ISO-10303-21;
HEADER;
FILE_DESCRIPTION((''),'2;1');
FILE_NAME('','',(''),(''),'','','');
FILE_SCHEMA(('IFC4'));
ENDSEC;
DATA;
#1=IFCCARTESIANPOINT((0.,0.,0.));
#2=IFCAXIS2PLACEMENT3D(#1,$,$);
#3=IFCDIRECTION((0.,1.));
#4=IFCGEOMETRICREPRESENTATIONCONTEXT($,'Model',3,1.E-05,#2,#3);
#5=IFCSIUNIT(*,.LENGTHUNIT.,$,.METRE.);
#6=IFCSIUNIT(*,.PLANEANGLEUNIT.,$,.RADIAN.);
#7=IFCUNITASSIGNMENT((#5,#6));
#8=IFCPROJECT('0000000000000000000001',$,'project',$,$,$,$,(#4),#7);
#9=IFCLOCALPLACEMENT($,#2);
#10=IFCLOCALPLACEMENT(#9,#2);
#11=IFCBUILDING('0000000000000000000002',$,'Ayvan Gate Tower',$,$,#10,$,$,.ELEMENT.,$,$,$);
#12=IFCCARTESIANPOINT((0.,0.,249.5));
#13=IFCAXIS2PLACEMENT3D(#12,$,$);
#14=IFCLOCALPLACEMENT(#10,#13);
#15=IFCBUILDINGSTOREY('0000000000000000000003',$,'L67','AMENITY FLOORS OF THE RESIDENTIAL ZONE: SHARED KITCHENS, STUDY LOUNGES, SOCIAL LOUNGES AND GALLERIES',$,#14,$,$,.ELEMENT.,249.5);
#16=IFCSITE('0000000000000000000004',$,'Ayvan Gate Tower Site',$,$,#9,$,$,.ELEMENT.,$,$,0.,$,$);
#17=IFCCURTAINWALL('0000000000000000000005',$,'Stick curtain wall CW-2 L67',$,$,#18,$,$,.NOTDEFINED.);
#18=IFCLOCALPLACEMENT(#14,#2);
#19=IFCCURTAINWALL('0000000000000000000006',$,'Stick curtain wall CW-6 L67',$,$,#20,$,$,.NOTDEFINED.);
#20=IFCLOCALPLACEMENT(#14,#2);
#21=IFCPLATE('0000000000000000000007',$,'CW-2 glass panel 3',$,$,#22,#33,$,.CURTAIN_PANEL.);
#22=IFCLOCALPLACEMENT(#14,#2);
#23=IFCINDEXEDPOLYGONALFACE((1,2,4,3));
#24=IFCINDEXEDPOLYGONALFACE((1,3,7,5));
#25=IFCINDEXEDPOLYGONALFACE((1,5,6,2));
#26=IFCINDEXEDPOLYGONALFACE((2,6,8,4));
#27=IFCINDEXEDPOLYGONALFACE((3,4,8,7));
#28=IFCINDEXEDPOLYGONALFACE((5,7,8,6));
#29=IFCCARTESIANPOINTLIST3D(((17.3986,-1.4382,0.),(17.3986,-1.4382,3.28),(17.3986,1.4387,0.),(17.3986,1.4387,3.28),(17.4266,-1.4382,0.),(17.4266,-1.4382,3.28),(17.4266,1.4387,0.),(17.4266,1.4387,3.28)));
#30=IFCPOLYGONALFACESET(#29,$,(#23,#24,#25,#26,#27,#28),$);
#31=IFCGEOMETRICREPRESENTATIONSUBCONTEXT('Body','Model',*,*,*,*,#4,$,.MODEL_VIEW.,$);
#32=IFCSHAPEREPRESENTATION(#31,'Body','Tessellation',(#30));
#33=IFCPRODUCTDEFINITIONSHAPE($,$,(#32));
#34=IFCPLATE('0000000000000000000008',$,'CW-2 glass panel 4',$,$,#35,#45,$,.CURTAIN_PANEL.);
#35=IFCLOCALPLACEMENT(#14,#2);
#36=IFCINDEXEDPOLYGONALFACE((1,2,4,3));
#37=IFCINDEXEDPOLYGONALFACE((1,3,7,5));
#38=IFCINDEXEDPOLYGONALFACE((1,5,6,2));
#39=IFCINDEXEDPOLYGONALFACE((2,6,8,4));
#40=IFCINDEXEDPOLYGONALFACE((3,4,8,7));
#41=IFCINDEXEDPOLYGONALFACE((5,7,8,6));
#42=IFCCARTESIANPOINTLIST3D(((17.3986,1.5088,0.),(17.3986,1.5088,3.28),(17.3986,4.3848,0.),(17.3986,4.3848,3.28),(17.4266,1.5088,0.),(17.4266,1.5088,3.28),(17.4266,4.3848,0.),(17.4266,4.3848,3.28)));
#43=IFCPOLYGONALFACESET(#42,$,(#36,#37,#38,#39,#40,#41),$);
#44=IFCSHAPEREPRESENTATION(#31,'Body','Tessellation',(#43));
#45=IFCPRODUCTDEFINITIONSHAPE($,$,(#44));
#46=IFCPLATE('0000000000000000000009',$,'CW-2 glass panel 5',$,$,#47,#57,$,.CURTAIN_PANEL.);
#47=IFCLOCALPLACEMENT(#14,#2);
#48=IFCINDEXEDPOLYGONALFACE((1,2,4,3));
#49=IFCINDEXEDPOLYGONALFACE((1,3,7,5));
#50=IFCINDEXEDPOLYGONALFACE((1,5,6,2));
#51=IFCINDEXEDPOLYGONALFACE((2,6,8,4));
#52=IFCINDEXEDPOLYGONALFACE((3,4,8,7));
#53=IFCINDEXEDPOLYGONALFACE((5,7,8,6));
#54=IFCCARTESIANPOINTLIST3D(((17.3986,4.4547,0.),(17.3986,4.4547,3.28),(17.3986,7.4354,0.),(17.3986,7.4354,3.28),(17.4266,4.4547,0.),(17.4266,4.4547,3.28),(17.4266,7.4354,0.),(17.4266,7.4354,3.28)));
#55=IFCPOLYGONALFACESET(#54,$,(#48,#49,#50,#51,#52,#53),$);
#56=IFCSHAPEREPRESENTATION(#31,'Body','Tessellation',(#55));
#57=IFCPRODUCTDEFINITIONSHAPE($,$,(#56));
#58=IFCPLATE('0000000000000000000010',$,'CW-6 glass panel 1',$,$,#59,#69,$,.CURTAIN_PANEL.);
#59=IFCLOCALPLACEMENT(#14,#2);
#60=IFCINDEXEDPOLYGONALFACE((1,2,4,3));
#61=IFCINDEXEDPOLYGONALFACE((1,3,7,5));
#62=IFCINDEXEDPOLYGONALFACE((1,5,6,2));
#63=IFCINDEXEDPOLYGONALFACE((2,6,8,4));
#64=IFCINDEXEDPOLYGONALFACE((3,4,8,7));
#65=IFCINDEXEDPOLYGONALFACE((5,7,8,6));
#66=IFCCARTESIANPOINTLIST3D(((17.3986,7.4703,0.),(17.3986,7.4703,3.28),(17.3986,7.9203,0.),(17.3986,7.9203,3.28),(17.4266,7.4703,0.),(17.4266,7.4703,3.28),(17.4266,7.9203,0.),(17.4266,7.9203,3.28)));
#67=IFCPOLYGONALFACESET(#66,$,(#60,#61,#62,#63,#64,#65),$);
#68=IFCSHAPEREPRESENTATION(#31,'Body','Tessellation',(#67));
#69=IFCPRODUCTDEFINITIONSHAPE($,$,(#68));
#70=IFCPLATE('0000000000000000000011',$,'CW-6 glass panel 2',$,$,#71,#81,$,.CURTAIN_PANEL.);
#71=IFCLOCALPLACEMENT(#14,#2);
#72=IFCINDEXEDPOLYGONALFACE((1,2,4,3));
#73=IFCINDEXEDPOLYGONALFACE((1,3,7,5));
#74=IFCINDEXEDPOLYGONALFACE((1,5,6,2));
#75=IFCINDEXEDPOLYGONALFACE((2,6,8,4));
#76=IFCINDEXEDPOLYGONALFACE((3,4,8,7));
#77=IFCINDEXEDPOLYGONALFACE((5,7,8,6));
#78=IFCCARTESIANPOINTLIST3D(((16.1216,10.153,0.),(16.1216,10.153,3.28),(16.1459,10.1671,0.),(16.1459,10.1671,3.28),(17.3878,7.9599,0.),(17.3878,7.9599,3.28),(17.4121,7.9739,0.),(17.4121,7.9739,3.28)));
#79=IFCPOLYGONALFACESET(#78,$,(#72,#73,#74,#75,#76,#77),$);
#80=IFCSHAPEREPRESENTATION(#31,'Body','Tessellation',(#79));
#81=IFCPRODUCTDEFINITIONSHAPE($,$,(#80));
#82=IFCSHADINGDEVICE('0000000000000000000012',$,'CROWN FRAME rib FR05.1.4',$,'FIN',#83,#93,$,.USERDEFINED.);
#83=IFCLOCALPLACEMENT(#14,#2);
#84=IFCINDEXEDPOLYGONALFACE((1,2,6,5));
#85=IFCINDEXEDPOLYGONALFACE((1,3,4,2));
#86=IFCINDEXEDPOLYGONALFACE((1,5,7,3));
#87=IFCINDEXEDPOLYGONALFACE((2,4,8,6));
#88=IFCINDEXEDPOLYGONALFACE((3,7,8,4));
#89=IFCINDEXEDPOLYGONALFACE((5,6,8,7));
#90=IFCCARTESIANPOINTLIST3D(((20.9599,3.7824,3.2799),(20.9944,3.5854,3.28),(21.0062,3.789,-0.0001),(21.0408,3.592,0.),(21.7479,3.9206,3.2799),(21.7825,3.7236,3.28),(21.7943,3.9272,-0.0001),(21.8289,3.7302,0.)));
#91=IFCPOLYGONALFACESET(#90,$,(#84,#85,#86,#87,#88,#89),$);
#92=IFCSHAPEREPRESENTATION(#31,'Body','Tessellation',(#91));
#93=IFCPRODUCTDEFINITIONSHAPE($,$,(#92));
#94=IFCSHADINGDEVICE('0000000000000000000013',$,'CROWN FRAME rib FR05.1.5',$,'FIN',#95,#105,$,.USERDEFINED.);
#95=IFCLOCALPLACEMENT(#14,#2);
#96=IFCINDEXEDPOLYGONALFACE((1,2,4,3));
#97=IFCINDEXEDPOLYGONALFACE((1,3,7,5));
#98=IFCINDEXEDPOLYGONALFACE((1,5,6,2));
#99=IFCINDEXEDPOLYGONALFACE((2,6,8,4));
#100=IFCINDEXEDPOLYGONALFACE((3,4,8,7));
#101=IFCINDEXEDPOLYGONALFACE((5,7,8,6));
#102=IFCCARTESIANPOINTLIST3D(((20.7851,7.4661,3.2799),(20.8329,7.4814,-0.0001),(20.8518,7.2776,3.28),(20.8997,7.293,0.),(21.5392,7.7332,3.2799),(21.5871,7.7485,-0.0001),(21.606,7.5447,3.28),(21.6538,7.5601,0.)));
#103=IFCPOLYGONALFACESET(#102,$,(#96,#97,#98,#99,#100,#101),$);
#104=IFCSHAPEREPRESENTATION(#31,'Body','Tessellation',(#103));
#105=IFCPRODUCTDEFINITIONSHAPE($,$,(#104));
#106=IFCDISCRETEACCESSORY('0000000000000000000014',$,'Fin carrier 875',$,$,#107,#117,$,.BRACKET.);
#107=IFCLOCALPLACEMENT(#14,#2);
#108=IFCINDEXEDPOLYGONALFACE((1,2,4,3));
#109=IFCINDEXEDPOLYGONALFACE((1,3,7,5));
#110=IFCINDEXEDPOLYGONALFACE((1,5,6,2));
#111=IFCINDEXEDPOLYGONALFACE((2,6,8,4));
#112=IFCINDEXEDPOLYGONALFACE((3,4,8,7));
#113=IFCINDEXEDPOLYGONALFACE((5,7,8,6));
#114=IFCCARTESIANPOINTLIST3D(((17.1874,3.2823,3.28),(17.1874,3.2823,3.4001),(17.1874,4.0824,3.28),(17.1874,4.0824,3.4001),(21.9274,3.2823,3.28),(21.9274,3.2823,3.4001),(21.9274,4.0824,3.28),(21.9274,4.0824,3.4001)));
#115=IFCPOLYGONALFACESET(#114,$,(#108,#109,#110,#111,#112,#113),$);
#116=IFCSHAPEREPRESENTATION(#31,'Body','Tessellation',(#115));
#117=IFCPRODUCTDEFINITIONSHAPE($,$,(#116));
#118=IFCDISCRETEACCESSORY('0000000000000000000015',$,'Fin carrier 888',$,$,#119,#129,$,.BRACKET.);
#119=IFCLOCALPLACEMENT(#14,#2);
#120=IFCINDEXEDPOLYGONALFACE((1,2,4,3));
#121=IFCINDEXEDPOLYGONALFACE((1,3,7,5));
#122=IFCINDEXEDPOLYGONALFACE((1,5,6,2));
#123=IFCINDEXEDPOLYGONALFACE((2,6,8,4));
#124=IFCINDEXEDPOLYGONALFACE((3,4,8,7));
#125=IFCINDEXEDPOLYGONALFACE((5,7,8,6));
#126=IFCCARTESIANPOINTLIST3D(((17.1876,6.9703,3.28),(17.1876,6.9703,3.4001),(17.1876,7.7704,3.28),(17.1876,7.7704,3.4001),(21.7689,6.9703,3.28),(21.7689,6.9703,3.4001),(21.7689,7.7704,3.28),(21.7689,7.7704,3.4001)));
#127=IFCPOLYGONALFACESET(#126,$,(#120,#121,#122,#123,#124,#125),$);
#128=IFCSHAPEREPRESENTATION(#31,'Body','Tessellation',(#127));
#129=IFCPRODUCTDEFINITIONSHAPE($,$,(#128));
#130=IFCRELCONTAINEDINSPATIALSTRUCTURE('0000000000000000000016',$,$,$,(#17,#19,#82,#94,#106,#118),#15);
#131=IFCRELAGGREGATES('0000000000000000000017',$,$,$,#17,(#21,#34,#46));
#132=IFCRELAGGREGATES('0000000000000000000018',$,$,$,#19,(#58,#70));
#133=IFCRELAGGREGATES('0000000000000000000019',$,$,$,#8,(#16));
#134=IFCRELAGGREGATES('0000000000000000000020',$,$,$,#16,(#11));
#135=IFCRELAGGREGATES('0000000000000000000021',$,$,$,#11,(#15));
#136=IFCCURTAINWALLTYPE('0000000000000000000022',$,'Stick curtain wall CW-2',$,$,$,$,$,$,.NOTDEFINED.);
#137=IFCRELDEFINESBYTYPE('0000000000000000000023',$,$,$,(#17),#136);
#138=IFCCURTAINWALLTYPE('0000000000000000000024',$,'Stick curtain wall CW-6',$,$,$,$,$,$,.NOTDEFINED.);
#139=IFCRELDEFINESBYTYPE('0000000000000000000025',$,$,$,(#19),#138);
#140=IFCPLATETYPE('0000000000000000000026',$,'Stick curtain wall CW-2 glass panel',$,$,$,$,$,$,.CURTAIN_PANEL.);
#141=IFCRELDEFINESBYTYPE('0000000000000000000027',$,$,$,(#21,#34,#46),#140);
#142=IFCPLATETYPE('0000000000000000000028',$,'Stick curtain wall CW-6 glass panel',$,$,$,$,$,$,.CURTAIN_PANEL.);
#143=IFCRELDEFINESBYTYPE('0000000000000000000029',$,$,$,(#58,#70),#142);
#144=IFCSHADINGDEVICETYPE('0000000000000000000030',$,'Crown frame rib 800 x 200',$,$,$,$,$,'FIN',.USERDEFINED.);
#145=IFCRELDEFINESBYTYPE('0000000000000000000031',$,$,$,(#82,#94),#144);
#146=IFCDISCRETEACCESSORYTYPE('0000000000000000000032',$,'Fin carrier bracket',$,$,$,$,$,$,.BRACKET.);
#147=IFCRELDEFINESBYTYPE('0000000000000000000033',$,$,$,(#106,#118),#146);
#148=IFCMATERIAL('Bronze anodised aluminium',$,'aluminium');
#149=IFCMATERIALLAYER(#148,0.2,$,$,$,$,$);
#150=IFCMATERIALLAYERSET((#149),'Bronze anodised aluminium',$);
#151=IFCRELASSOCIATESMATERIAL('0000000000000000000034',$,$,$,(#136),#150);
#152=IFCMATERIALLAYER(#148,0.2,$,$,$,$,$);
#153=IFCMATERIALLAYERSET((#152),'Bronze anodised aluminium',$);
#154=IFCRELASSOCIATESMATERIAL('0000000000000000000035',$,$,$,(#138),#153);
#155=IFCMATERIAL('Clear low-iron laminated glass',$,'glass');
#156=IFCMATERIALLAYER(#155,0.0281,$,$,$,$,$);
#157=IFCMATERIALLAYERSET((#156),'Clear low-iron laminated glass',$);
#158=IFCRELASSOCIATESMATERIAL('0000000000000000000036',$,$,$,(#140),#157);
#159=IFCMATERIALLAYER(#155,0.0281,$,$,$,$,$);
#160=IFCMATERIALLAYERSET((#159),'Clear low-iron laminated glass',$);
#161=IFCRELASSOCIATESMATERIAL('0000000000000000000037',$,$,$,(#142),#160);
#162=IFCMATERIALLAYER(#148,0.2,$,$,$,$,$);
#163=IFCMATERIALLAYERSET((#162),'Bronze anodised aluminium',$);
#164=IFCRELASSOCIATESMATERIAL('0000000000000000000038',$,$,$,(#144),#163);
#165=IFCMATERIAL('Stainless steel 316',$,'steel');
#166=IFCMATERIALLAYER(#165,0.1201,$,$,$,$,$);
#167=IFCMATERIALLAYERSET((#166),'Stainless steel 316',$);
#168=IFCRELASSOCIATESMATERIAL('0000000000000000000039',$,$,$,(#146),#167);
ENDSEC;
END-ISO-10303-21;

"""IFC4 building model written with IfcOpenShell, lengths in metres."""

from ifc_helpers import new_model, si_unit, direction, frame, origin, origin_2d, place, context, subcontext, project, spatial, polyline, rectangle, outline, extrude, material, layer, layer_set, type_object, element, aggregate, save


model = new_model("IFC4")

# Units and contexts
model_context = context("Model", 3, precision=1e-05, world=origin(), true_north=direction((0.0, 1.0)))
body_context = subcontext(model_context, "Body", "Model", "MODEL_VIEW")
ifc_project = project(units=[si_unit("LENGTHUNIT", "METRE"), si_unit("PLANEANGLEUNIT", "RADIAN")], contexts=[model_context])

# Site, building, storey
site_placement = place(None, origin())
site = spatial("IfcSite", under=ifc_project, at=site_placement, Name="Ayvan Gate Tower Site", CompositionType="ELEMENT", RefElevation=0.0)
building_placement = place(site_placement, origin())
building = spatial("IfcBuilding", under=site, at=building_placement, Name="Ayvan Gate Tower", CompositionType="ELEMENT")
storey_placement = place(building_placement, frame((0.0, 0.0, 249.5)))
storey = spatial("IfcBuildingStorey", under=building, at=storey_placement, Name="L67", Description="AMENITY FLOORS OF THE RESIDENTIAL ZONE: SHARED KITCHENS, STUDY LOUNGES, SOCIAL LOUNGES AND GALLERIES", CompositionType="ELEMENT", Elevation=249.5)

# Curtain walls
ifc_material_1 = material(Name="Bronze anodised aluminium", Category="aluminium")
ifc_layer_1 = layer(ifc_material_1, 0.2)
ifc_layer_set_1 = layer_set([ifc_layer_1], Name="Bronze anodised aluminium")
curtain_wall_type_1 = type_object("IfcCurtainWallType", Name="Stick curtain wall CW-2", PredefinedType="NOTDEFINED", material=ifc_layer_set_1)
curtain_wall_1_placement = place(storey_placement, origin())
curtain_wall_1 = element("IfcCurtainWall", 1, at=curtain_wall_1_placement, inside=storey, type_object=curtain_wall_type_1, Name="Stick curtain wall CW-2 L67", PredefinedType="NOTDEFINED")
ifc_layer_2 = layer(ifc_material_1, 0.2)
ifc_layer_set_2 = layer_set([ifc_layer_2], Name="Bronze anodised aluminium")
curtain_wall_type_2 = type_object("IfcCurtainWallType", Name="Stick curtain wall CW-6", PredefinedType="NOTDEFINED", material=ifc_layer_set_2)
curtain_wall_2_placement = place(storey_placement, origin())
curtain_wall_2 = element("IfcCurtainWall", 2, at=curtain_wall_2_placement, inside=storey, type_object=curtain_wall_type_2, Name="Stick curtain wall CW-6 L67", PredefinedType="NOTDEFINED")

# Plates
ifc_material_2 = material(Name="Clear low-iron laminated glass", Category="glass")
ifc_layer_3 = layer(ifc_material_2, 0.0281)
ifc_layer_set_3 = layer_set([ifc_layer_3], Name="Clear low-iron laminated glass")
plate_type_1 = type_object("IfcPlateType", Name="Stick curtain wall CW-2 glass panel", PredefinedType="CURTAIN_PANEL", material=ifc_layer_set_3)
plate_1_placement = place(storey_placement, frame((17.4126, 0.0002, 0.0), z_axis=(0.0, 0.0, 1.0), x_axis=(0.0, 1.0, 0.0)))
plate_1 = element("IfcPlate", 3, at=plate_1_placement, type_object=plate_type_1, Name="CW-2 glass panel 3", PredefinedType="CURTAIN_PANEL", context=body_context, shape_type="SweptSolid", body=[
    extrude(rectangle(XDim=2.877, YDim=0.0281, at=origin_2d()), origin(), (0.0, 0.0, 1.0), 3.28),
])
plate_2_placement = place(storey_placement, frame((17.4126, 2.9468, 0.0), z_axis=(0.0, 0.0, 1.0), x_axis=(0.0, 1.0, 0.0)))
plate_2 = element("IfcPlate", 4, at=plate_2_placement, type_object=plate_type_1, Name="CW-2 glass panel 4", PredefinedType="CURTAIN_PANEL", context=body_context, shape_type="SweptSolid", body=[
    extrude(rectangle(XDim=2.876, YDim=0.0281, at=origin_2d()), origin(), (0.0, 0.0, 1.0), 3.28),
])
plate_3_placement = place(storey_placement, frame((17.4126, 5.9451, 0.0), z_axis=(0.0, 0.0, 1.0), x_axis=(0.0, 1.0, 0.0)))
plate_3 = element("IfcPlate", 5, at=plate_3_placement, type_object=plate_type_1, Name="CW-2 glass panel 5", PredefinedType="CURTAIN_PANEL", context=body_context, shape_type="SweptSolid", body=[
    extrude(rectangle(XDim=2.9807, YDim=0.0281, at=origin_2d()), origin(), (0.0, 0.0, 1.0), 3.28),
])
aggregate(curtain_wall_1, [plate_1, plate_2, plate_3])
ifc_layer_4 = layer(ifc_material_2, 0.0281)
ifc_layer_set_4 = layer_set([ifc_layer_4], Name="Clear low-iron laminated glass")
plate_type_2 = type_object("IfcPlateType", Name="Stick curtain wall CW-6 glass panel", PredefinedType="CURTAIN_PANEL", material=ifc_layer_set_4)
plate_4_placement = place(storey_placement, frame((17.4126, 7.6953, 0.0), z_axis=(0.0, 0.0, 1.0), x_axis=(0.0, 1.0, 0.0)))
plate_4 = element("IfcPlate", 6, at=plate_4_placement, type_object=plate_type_2, Name="CW-6 glass panel 1", PredefinedType="CURTAIN_PANEL", context=body_context, shape_type="SweptSolid", body=[
    extrude(rectangle(XDim=0.45, YDim=0.0281, at=origin_2d()), origin(), (0.0, 0.0, 1.0), 3.28),
])
plate_5_placement = place(storey_placement, frame((16.7668, 9.0635, 0.0), z_axis=(0.0, 0.0, 1.0), x_axis=(-0.5, 0.866025, 0.0)))
plate_5 = element("IfcPlate", 7, at=plate_5_placement, type_object=plate_type_2, Name="CW-6 glass panel 2", PredefinedType="CURTAIN_PANEL", context=body_context, shape_type="SweptSolid", body=[
    extrude(rectangle(XDim=2.5325, YDim=0.0281, at=origin_2d()), origin(), (0.0, 0.0, 1.0), 3.28),
])
aggregate(curtain_wall_2, [plate_4, plate_5])

# Shading devices
ifc_layer_5 = layer(ifc_material_1, 0.2)
ifc_layer_set_5 = layer_set([ifc_layer_5], Name="Bronze anodised aluminium")
shading_device_type = type_object("IfcShadingDeviceType", Name="Crown frame rib 800 x 200", ElementType="FIN", PredefinedType="USERDEFINED", material=ifc_layer_set_5)
shading_device_1_placement = place(storey_placement, frame((21.0408, 3.592, 0.0), z_axis=(0.172706, -0.984973, 0.000463), x_axis=(0.984973, 0.172706, 0.0)))
element("IfcShadingDevice", 8, at=shading_device_1_placement, inside=storey, type_object=shading_device_type, Name="CROWN FRAME rib FR05.1.4", ObjectType="FIN", PredefinedType="USERDEFINED", context=body_context, shape_type="SweptSolid", body=[
    extrude(outline(polyline([(0.0, 0.0), (0.8001, 0.0), (0.7533, 3.28), (-0.0468, 3.28), (0.0, 0.0)])), origin(), (0.0, 0.0, -1.0), 0.2),
])
shading_device_2_placement = place(storey_placement, frame((20.8997, 7.293, 0.0), z_axis=(0.333841, -0.942629, 0.00045), x_axis=(0.942629, 0.333841, 0.0)))
element("IfcShadingDevice", 9, at=shading_device_2_placement, inside=storey, type_object=shading_device_type, Name="CROWN FRAME rib FR05.1.5", ObjectType="FIN", PredefinedType="USERDEFINED", context=body_context, shape_type="SweptSolid", body=[
    extrude(outline(polyline([(0.0, 0.0), (0.8, 0.0), (0.7498, 3.28), (-0.0502, 3.28), (0.0, 0.0)])), origin(), (0.0, 0.0, -1.0), 0.2),
])

# Discrete accessories
ifc_material_3 = material(Name="Stainless steel 316", Category="steel")
ifc_layer_6 = layer(ifc_material_3, 0.1201)
ifc_layer_set_6 = layer_set([ifc_layer_6], Name="Stainless steel 316")
discrete_accessory_type = type_object("IfcDiscreteAccessoryType", Name="Fin carrier bracket", PredefinedType="BRACKET", material=ifc_layer_set_6)
discrete_accessory_1_placement = place(storey_placement, frame((19.5574, 3.6824, 3.28), z_axis=(0.0, 0.0, 1.0), x_axis=(0.0, 1.0, 0.0)))
element("IfcDiscreteAccessory", 10, at=discrete_accessory_1_placement, inside=storey, type_object=discrete_accessory_type, Name="Fin carrier 875", PredefinedType="BRACKET", context=body_context, shape_type="SweptSolid", body=[
    extrude(rectangle(XDim=0.8, YDim=4.74, at=origin_2d()), origin(), (0.0, 0.0, 1.0), 0.1201),
])
discrete_accessory_2_placement = place(storey_placement, frame((19.4783, 7.3704, 3.28), z_axis=(0.0, 0.0, 1.0), x_axis=(0.0, 1.0, 0.0)))
element("IfcDiscreteAccessory", 11, at=discrete_accessory_2_placement, inside=storey, type_object=discrete_accessory_type, Name="Fin carrier 888", PredefinedType="BRACKET", context=body_context, shape_type="SweptSolid", body=[
    extrude(rectangle(XDim=0.8, YDim=4.5813, at=origin_2d()), origin(), (0.0, 0.0, 1.0), 0.1201),
])

save(model, "model.ifc")
